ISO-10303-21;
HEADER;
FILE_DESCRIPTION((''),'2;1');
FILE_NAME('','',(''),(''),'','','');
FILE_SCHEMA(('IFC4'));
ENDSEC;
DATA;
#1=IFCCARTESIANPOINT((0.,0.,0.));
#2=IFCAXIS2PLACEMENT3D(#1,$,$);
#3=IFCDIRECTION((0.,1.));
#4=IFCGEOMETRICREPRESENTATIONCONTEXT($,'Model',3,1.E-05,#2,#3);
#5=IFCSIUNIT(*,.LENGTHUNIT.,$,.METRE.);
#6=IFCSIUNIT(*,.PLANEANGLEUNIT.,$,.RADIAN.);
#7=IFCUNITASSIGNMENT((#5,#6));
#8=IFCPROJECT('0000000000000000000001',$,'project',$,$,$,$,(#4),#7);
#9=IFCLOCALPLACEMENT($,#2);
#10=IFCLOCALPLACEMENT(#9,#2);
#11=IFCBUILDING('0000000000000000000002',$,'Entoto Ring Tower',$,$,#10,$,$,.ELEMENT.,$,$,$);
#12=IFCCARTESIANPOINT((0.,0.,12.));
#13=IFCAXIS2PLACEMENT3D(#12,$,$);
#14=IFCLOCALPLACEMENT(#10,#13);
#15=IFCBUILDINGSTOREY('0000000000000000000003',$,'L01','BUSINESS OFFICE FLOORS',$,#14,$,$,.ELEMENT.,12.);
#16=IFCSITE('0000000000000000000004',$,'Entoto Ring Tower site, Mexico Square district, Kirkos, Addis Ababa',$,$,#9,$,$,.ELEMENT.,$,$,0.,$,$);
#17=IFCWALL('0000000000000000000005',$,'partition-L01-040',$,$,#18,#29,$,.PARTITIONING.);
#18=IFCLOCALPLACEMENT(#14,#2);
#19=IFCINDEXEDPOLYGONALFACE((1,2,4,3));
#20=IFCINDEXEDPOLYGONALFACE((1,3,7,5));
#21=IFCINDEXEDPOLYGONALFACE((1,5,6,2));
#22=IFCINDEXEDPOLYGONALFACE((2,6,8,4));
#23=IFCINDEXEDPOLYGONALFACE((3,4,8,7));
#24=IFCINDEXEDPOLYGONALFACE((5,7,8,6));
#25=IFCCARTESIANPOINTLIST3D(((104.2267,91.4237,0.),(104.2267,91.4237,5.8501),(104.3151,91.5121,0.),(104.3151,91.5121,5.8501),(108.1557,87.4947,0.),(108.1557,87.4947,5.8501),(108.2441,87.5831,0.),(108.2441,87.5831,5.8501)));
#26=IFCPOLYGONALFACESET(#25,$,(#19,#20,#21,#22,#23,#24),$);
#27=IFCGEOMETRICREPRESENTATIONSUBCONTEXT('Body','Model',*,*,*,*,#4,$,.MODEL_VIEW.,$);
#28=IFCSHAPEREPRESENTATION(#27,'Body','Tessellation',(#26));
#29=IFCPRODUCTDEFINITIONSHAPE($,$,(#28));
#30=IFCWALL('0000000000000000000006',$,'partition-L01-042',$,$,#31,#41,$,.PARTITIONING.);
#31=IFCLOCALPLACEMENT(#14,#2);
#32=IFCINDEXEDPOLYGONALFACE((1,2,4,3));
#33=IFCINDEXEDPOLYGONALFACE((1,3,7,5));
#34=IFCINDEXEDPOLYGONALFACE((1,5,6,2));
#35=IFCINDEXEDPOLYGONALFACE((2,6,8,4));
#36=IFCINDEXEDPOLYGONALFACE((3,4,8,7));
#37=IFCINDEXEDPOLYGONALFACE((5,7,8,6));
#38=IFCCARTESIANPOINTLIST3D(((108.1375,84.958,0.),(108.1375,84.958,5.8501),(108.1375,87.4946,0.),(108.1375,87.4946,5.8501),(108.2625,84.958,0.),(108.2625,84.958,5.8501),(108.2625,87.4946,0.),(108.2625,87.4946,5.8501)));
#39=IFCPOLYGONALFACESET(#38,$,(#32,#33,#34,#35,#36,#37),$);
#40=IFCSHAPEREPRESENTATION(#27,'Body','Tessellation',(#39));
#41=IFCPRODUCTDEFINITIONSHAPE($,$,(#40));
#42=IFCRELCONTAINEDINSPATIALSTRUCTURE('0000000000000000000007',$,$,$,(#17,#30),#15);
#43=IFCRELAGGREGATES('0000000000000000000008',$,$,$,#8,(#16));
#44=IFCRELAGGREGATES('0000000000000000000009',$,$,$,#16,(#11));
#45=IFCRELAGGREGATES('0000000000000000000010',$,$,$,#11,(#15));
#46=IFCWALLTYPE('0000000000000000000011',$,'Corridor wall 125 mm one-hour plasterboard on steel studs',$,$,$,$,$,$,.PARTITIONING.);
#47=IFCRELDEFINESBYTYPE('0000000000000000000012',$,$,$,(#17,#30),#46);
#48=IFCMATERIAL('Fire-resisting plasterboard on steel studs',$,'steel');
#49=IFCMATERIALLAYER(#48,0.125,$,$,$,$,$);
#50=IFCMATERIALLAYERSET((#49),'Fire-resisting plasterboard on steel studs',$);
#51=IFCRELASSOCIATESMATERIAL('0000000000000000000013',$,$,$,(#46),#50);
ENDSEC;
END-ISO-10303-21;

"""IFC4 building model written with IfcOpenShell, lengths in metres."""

from ifc_helpers import new_model, si_unit, direction, frame, frame_2d, origin, place, context, subcontext, project, spatial, rectangle, extrude, material, layer, layer_set, type_object, element, save


model = new_model("IFC4")

# Units and contexts
model_context = context("Model", 3, precision=1e-05, world=origin(), true_north=direction((0.0, 1.0)))
body_context = subcontext(model_context, "Body", "Model", "MODEL_VIEW")
ifc_project = project(units=[si_unit("LENGTHUNIT", "METRE"), si_unit("PLANEANGLEUNIT", "RADIAN")], contexts=[model_context])

# Site, building, storey
site_placement = place(None, origin())
site = spatial("IfcSite", under=ifc_project, at=site_placement, Name="Entoto Ring Tower site, Mexico Square district, Kirkos, Addis Ababa", CompositionType="ELEMENT", RefElevation=0.0)
building_placement = place(site_placement, origin())
building = spatial("IfcBuilding", under=site, at=building_placement, Name="Entoto Ring Tower", CompositionType="ELEMENT")
storey_placement = place(building_placement, frame((0.0, 0.0, 12.0)))
storey = spatial("IfcBuildingStorey", under=building, at=storey_placement, Name="L01", Description="BUSINESS OFFICE FLOORS", CompositionType="ELEMENT", Elevation=12.0)

# Shared definitions
ifc_material_1 = material(Name="Fire-resisting plasterboard on steel studs", Category="steel")
ifc_layer_1 = layer(ifc_material_1, 0.125)
ifc_layer_set_1 = layer_set([ifc_layer_1], Name="Fire-resisting plasterboard on steel studs")
wall_type_1 = type_object("IfcWallType", Name="Corridor wall 125 mm one-hour plasterboard on steel studs", PredefinedType="PARTITIONING", material=ifc_layer_set_1)

# Walls
wall_1_placement = place(storey_placement, frame((108.2, 87.5388, 0.0), z_axis=(0.0, 0.0, 1.0), x_axis=(-0.707107, 0.707107, 0.0)))
element("IfcWall", 1, at=wall_1_placement, inside=storey, type_object=wall_type_1, Name="partition-L01-040", PredefinedType="PARTITIONING", context=body_context, shape_type="SweptSolid", body=[
    extrude(rectangle(XDim=5.5564, YDim=0.125, at=frame_2d((2.7783, 0.0))), origin(), (0.0, 0.0, 1.0), 5.8501),
])
wall_2_placement = place(storey_placement, frame((108.2, 84.958, 0.0), z_axis=(0.0, 0.0, 1.0), x_axis=(0.0, 1.0, 0.0)))
element("IfcWall", 2, at=wall_2_placement, inside=storey, type_object=wall_type_1, Name="partition-L01-042", PredefinedType="PARTITIONING", context=body_context, shape_type="SweptSolid", body=[
    extrude(rectangle(XDim=2.5366, YDim=0.125, at=frame_2d((1.2683, 0.0))), origin(), (0.0, 0.0, 1.0), 5.8501),
])

save(model, "model.ifc")
